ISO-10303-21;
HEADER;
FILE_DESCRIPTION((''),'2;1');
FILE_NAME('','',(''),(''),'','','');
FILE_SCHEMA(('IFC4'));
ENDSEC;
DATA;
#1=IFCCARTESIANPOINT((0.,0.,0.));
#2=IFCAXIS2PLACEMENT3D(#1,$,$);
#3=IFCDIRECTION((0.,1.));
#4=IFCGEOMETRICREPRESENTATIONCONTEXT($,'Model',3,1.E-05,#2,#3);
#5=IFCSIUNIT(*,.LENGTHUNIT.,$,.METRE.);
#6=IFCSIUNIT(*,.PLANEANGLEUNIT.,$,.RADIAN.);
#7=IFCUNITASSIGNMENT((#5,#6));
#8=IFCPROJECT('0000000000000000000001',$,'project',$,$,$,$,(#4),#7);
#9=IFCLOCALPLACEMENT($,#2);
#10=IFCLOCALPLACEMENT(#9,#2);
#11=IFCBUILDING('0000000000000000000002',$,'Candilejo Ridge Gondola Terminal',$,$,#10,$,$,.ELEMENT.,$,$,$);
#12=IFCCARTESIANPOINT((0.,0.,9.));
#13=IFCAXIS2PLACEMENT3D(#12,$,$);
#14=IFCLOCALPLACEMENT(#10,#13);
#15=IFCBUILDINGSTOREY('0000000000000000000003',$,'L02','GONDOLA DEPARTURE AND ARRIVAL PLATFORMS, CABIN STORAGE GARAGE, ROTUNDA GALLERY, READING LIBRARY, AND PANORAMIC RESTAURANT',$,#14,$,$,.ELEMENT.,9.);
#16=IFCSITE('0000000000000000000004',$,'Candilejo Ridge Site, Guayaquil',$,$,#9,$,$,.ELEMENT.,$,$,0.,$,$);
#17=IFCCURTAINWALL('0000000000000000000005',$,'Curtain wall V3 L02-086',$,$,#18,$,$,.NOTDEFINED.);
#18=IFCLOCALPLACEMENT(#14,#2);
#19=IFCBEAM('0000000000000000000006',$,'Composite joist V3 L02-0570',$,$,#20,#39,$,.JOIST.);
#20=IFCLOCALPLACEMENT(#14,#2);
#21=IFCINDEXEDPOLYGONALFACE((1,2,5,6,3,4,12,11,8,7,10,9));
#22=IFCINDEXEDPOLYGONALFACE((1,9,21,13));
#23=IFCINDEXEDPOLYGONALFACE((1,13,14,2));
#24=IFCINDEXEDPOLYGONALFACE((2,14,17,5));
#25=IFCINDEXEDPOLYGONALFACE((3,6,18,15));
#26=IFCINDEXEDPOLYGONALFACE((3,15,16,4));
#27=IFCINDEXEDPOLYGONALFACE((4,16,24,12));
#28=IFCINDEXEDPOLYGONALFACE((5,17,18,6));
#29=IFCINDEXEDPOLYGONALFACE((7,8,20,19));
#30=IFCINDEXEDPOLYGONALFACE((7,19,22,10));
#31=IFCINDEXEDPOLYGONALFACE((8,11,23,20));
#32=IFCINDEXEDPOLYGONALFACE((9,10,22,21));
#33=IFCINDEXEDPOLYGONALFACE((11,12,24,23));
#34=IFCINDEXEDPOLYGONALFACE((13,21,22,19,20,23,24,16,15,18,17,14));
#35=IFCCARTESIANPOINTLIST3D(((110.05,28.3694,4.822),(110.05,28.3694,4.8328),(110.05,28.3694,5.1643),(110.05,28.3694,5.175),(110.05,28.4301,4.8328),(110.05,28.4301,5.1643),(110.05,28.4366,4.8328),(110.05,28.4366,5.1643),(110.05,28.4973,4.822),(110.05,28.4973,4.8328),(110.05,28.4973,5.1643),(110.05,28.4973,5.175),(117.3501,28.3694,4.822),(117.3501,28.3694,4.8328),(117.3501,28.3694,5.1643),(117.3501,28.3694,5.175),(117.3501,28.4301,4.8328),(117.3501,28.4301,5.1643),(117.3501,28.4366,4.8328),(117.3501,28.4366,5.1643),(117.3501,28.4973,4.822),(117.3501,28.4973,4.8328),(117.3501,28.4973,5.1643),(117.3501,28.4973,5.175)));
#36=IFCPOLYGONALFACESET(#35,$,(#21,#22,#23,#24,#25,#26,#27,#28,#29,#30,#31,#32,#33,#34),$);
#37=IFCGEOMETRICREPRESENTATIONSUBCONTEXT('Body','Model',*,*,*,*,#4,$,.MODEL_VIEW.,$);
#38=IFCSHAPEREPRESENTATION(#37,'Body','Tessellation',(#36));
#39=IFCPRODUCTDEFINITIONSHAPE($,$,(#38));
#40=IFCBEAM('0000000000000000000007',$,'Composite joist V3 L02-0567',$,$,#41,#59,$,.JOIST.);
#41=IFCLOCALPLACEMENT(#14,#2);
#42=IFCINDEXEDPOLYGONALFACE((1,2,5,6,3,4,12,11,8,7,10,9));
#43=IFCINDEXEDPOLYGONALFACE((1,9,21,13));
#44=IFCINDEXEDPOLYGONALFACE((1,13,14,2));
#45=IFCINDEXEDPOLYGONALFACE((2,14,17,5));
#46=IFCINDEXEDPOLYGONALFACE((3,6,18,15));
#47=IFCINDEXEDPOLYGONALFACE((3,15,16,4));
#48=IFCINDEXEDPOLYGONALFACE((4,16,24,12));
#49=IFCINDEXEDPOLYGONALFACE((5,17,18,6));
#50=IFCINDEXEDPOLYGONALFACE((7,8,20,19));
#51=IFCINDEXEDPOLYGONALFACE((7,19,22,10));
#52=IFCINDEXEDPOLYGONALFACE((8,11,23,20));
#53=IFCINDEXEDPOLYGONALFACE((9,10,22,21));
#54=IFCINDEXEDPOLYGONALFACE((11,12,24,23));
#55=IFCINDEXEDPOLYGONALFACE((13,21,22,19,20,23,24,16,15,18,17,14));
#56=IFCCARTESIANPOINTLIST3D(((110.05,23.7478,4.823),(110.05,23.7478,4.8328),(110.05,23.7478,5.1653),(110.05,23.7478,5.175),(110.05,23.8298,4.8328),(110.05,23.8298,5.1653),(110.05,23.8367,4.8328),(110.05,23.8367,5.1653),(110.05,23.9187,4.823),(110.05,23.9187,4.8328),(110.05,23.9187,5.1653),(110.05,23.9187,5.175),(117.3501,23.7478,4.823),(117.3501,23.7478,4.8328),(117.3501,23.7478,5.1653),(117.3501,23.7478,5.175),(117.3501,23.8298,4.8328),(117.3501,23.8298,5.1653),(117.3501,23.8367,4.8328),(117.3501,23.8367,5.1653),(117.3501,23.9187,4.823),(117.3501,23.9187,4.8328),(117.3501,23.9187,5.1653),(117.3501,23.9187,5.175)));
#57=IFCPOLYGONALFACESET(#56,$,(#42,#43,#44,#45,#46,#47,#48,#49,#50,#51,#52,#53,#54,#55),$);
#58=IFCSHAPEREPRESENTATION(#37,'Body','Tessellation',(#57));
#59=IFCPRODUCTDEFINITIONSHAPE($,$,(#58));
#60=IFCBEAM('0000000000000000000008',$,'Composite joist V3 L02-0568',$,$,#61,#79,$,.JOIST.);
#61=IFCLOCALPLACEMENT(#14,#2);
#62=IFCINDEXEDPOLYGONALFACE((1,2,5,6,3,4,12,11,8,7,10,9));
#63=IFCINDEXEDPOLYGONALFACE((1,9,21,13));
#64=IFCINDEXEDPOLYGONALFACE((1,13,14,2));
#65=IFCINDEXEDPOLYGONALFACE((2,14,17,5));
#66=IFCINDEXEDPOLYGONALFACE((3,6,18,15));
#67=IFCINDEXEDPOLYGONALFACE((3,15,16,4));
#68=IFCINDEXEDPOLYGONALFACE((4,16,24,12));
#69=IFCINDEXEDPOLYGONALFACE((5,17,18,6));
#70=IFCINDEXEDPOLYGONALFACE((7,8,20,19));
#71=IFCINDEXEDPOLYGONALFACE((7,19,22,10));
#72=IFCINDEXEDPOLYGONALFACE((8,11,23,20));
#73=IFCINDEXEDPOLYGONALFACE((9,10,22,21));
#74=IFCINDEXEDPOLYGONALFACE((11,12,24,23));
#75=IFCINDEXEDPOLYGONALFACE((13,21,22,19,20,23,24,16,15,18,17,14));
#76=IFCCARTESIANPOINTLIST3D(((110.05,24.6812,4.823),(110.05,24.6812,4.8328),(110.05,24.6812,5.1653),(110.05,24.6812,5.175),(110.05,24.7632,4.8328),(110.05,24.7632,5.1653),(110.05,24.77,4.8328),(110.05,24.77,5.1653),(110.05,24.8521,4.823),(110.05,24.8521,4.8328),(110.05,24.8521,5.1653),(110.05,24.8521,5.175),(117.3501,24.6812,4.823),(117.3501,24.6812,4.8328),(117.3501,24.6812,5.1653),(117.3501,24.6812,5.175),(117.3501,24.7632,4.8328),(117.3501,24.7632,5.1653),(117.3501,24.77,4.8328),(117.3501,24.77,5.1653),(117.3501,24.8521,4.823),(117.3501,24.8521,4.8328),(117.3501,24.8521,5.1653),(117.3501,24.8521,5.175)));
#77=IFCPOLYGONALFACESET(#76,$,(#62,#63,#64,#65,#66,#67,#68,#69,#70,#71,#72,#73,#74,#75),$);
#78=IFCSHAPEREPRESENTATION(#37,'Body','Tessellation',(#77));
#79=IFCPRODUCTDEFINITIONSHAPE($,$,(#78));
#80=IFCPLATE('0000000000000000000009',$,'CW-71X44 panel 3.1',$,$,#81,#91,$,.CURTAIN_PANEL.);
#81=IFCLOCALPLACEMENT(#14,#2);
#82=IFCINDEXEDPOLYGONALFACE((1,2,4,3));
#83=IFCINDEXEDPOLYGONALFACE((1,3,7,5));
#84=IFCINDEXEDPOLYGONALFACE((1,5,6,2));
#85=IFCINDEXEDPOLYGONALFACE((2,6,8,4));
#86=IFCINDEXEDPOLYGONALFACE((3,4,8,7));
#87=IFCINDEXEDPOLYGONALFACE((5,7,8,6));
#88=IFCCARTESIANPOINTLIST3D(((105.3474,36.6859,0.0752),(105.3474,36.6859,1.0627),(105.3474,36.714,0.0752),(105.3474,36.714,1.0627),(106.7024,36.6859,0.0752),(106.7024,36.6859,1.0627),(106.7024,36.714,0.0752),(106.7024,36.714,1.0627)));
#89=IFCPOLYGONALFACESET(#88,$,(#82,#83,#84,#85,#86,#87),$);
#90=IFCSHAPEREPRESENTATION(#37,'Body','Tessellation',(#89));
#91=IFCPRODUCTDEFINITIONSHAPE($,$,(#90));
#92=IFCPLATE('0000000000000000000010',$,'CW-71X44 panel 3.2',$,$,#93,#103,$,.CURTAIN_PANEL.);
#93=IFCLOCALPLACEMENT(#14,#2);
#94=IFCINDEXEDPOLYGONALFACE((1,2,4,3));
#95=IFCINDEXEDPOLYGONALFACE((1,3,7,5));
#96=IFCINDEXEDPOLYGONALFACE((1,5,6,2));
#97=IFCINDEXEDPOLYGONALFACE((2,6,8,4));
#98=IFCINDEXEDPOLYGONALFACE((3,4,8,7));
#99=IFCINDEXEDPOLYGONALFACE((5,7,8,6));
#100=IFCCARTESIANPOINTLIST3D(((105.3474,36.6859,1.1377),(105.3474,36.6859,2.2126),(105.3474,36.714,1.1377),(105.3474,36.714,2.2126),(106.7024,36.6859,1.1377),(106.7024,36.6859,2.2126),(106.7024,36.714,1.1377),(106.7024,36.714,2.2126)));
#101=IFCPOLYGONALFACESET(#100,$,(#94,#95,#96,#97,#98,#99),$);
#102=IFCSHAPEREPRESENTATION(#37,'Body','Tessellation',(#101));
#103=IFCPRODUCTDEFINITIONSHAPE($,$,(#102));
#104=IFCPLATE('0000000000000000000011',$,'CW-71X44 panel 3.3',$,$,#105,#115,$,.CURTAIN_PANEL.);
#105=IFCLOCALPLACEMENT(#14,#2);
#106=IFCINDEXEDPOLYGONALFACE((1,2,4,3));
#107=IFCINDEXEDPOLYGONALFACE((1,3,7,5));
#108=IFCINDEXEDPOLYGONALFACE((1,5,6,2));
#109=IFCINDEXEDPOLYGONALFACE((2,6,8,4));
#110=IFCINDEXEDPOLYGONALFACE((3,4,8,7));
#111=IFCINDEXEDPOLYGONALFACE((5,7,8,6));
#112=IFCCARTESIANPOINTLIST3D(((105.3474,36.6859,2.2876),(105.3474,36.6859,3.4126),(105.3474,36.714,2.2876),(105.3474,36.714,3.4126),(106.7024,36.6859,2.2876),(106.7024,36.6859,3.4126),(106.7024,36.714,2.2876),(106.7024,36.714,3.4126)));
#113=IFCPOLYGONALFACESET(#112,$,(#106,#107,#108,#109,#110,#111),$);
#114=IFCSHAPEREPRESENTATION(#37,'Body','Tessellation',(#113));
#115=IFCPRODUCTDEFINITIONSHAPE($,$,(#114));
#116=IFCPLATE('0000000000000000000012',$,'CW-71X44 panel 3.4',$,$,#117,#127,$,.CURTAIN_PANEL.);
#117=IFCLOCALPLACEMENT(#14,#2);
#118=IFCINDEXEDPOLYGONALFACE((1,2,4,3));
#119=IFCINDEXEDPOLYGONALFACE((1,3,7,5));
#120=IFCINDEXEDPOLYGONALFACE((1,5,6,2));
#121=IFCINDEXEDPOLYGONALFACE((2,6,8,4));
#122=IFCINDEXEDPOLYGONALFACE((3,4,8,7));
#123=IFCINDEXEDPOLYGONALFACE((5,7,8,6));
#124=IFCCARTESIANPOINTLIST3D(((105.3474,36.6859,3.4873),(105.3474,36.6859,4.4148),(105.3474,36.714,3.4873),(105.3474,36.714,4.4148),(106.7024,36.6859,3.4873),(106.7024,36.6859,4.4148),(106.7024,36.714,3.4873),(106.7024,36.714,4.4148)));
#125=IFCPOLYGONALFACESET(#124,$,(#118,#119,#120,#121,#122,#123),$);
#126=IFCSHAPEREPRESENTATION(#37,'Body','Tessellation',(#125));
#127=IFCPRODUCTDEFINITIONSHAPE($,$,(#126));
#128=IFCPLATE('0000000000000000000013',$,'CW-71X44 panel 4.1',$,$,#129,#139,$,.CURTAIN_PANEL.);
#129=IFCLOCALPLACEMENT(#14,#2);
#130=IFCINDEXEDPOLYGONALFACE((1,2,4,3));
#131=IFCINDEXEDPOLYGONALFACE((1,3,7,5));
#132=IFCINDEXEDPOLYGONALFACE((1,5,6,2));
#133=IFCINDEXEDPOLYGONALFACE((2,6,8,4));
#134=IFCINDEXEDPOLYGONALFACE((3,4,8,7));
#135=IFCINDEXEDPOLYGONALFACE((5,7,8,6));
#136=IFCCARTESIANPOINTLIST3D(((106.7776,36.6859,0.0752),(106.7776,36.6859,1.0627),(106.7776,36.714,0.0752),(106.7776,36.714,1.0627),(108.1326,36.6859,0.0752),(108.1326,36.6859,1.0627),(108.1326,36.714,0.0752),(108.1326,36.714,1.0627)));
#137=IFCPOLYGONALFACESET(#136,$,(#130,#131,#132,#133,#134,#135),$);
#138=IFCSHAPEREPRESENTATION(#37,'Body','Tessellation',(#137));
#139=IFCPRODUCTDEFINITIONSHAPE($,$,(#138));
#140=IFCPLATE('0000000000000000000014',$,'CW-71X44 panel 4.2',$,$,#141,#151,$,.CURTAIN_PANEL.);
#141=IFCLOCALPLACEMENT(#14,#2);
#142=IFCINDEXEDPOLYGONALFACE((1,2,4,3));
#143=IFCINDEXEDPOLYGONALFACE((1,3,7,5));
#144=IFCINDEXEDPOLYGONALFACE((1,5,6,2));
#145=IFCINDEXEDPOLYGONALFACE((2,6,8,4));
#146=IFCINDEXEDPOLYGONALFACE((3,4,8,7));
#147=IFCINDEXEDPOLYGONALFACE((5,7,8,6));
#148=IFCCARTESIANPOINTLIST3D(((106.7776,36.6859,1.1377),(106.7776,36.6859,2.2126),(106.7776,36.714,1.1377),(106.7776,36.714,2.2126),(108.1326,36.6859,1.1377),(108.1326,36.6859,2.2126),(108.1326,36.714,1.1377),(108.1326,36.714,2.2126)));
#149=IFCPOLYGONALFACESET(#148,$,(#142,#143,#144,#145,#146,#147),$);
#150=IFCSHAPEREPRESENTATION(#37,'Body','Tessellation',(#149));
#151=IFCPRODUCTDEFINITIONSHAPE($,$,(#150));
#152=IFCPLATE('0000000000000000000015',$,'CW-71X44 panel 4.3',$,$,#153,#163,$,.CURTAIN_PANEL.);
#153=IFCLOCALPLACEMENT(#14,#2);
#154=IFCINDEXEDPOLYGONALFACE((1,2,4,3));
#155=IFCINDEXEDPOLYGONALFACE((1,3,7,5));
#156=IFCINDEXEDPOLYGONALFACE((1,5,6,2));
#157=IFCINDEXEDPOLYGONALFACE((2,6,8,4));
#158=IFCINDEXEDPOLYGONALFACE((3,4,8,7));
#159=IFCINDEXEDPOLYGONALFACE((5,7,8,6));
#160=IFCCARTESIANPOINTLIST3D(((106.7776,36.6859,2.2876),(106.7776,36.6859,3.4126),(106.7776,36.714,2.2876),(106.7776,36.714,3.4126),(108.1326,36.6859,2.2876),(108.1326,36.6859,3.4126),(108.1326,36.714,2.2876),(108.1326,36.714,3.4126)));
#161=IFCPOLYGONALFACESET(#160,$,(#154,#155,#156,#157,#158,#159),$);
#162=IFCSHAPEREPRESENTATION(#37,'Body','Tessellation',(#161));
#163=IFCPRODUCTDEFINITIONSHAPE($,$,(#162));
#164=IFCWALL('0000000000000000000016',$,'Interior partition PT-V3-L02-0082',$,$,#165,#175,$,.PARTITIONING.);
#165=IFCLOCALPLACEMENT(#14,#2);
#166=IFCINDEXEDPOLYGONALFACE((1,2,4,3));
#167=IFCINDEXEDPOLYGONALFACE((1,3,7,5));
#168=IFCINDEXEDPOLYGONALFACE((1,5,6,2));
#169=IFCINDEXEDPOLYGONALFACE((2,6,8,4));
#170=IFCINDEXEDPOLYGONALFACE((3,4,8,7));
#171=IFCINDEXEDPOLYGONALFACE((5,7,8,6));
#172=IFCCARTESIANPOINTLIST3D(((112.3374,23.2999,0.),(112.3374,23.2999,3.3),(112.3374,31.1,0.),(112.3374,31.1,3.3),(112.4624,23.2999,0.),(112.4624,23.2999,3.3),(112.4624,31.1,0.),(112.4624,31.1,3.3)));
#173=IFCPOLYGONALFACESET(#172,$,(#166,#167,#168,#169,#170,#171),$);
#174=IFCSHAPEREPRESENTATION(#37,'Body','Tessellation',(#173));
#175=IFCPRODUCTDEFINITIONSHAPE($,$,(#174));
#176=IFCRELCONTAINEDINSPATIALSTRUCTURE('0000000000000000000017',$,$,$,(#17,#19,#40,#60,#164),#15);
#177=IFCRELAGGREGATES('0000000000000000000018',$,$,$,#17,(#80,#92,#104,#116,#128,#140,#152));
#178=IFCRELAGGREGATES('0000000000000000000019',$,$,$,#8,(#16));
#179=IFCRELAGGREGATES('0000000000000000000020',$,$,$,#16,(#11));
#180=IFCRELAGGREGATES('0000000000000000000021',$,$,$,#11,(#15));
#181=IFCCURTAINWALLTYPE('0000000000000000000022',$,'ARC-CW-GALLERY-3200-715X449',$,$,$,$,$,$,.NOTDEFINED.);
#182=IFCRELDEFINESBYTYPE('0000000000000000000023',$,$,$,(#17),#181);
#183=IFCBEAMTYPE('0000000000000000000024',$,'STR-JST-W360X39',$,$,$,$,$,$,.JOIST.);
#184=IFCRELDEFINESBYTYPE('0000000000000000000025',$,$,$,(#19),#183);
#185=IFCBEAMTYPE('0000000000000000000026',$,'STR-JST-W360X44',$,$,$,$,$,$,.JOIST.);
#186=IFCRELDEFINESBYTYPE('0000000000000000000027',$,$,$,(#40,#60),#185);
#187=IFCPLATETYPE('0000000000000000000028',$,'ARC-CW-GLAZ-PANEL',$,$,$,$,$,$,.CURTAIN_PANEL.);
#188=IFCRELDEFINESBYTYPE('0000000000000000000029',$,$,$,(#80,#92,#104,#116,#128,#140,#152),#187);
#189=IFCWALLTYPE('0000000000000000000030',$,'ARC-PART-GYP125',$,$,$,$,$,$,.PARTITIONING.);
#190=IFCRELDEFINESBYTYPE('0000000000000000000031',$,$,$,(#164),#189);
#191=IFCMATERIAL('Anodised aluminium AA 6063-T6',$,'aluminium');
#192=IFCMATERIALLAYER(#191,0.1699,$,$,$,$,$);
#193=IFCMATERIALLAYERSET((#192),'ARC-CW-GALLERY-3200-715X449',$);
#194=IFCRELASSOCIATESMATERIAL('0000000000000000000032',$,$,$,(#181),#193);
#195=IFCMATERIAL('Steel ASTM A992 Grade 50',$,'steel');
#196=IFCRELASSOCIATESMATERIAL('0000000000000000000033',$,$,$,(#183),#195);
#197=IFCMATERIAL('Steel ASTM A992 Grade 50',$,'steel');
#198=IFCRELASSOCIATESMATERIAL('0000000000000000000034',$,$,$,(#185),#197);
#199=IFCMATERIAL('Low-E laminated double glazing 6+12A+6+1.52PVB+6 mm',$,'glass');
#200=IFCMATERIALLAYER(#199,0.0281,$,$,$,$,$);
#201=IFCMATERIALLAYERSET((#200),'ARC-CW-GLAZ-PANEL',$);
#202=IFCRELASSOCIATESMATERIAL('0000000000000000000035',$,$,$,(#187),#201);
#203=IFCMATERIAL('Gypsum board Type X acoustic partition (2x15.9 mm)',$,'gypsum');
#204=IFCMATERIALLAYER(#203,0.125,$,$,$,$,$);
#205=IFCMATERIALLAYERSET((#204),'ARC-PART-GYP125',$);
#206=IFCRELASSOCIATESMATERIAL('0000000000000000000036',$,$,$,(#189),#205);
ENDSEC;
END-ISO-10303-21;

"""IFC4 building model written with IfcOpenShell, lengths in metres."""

from ifc_helpers import new_model, si_unit, direction, frame, frame_2d, origin, origin_2d, place, context, subcontext, project, spatial, rectangle, i_section, extrude, material, layer, layer_set, material_profile, profile_set, type_object, element, aggregate, save


model = new_model("IFC4")

# Units and contexts
model_context = context("Model", 3, precision=1e-05, world=origin(), true_north=direction((0.0, 1.0)))
body_context = subcontext(model_context, "Body", "Model", "MODEL_VIEW")
ifc_project = project(units=[si_unit("LENGTHUNIT", "METRE"), si_unit("PLANEANGLEUNIT", "RADIAN")], contexts=[model_context])

# Site, building, storey
site_placement = place(None, origin())
site = spatial("IfcSite", under=ifc_project, at=site_placement, Name="Candilejo Ridge Site, Guayaquil", CompositionType="ELEMENT", RefElevation=0.0)
building_placement = place(site_placement, origin())
building = spatial("IfcBuilding", under=site, at=building_placement, Name="Candilejo Ridge Gondola Terminal", CompositionType="ELEMENT")
storey_placement = place(building_placement, frame((0.0, 0.0, 9.0)))
storey = spatial("IfcBuildingStorey", under=building, at=storey_placement, Name="L02", Description="GONDOLA DEPARTURE AND ARRIVAL PLATFORMS, CABIN STORAGE GARAGE, ROTUNDA GALLERY, READING LIBRARY, AND PANORAMIC RESTAURANT", CompositionType="ELEMENT", Elevation=9.0)

# Curtain wall
ifc_material_1 = material(Name="Anodised aluminium AA 6063-T6", Category="aluminium")
ifc_layer_1 = layer(ifc_material_1, 0.1699)
ifc_layer_set_1 = layer_set([ifc_layer_1], Name="ARC-CW-GALLERY-3200-715X449")
curtain_wall_type = type_object("IfcCurtainWallType", Name="ARC-CW-GALLERY-3200-715X449", PredefinedType="NOTDEFINED", material=ifc_layer_set_1)
curtain_wall_placement = place(storey_placement, origin())
curtain_wall = element("IfcCurtainWall", 1, at=curtain_wall_placement, inside=storey, type_object=curtain_wall_type, Name="Curtain wall V3 L02-086", PredefinedType="NOTDEFINED")

# Beams
ifc_material_2 = material(Name="Steel ASTM A992 Grade 50", Category="steel")
ifc_material_profile_1 = material_profile(ifc_material_2, i_section(OverallWidth=0.1279, OverallDepth=0.353, WebThickness=0.0066, FlangeThickness=0.0107, at=origin_2d()))
ifc_profile_set_1 = profile_set([ifc_material_profile_1], Name="Steel ASTM A992 Grade 50")
beam_type_1 = type_object("IfcBeamType", Name="STR-JST-W360X39", PredefinedType="JOIST", material=ifc_profile_set_1)
for number, where, z_axis, x_axis, name in (
    (2, (110.05, 28.4333, 4.9985), (1.0, 0.0, 0.0), (0.0, 1.0, 0.0), "Composite joist V3 L02-0570"),
):
    element("IfcBeam", number, at=place(storey_placement, frame(where, z_axis=z_axis, x_axis=x_axis)), inside=storey, type_object=beam_type_1, Name=name, PredefinedType="JOIST", context=body_context, shape_type="SweptSolid", body=[
        extrude(i_section(OverallWidth=0.1279, OverallDepth=0.353, WebThickness=0.0066, FlangeThickness=0.0107, at=origin_2d()), origin(), (0.0, 0.0, 1.0), 7.3),
    ])
ifc_material_3 = material(Name="Steel ASTM A992 Grade 50", Category="steel")
ifc_material_profile_2 = material_profile(ifc_material_3, i_section(OverallWidth=0.1709, OverallDepth=0.3521, WebThickness=0.0068, FlangeThickness=0.0098, at=origin_2d()))
ifc_profile_set_2 = profile_set([ifc_material_profile_2], Name="Steel ASTM A992 Grade 50")
beam_type_2 = type_object("IfcBeamType", Name="STR-JST-W360X44", PredefinedType="JOIST", material=ifc_profile_set_2)
for number, where, z_axis, x_axis, name in (
    (3, (110.05, 23.8333, 4.999), (1.0, 0.0, 0.0), (0.0, 1.0, 0.0), "Composite joist V3 L02-0567"),
    (4, (110.05, 24.7666, 4.999), (1.0, 0.0, 0.0), (0.0, 1.0, 0.0), "Composite joist V3 L02-0568"),
):
    element("IfcBeam", number, at=place(storey_placement, frame(where, z_axis=z_axis, x_axis=x_axis)), inside=storey, type_object=beam_type_2, Name=name, PredefinedType="JOIST", context=body_context, shape_type="SweptSolid", body=[
        extrude(i_section(OverallWidth=0.1709, OverallDepth=0.3521, WebThickness=0.0068, FlangeThickness=0.0098, at=origin_2d()), origin(), (0.0, 0.0, 1.0), 7.3),
    ])

# Plates
ifc_material_4 = material(Name="Low-E laminated double glazing 6+12A+6+1.52PVB+6 mm", Category="glass")
ifc_layer_2 = layer(ifc_material_4, 0.0281)
ifc_layer_set_2 = layer_set([ifc_layer_2], Name="ARC-CW-GLAZ-PANEL")
plate_type = type_object("IfcPlateType", Name="ARC-CW-GLAZ-PANEL", PredefinedType="CURTAIN_PANEL", material=ifc_layer_set_2)
plate_1_placement = place(storey_placement, frame((106.0249, 36.7, 0.0752), z_axis=(0.0, 0.0, 1.0), x_axis=(1.0, 0.0, 0.0)))
plate_1 = element("IfcPlate", 5, at=plate_1_placement, type_object=plate_type, Name="CW-71X44 panel 3.1", PredefinedType="CURTAIN_PANEL", context=body_context, shape_type="SweptSolid", body=[
    extrude(rectangle(XDim=1.355, YDim=0.0281, at=origin_2d()), origin(), (0.0, 0.0, 1.0), 0.9875),
])
plate_2_placement = place(storey_placement, frame((106.0249, 36.7, 1.1377), z_axis=(0.0, 0.0, 1.0), x_axis=(1.0, 0.0, 0.0)))
plate_2 = element("IfcPlate", 6, at=plate_2_placement, type_object=plate_type, Name="CW-71X44 panel 3.2", PredefinedType="CURTAIN_PANEL", context=body_context, shape_type="SweptSolid", body=[
    extrude(rectangle(XDim=1.355, YDim=0.0281, at=origin_2d()), origin(), (0.0, 0.0, 1.0), 1.075),
])
plate_3_placement = place(storey_placement, frame((106.0249, 36.7, 2.2876), z_axis=(0.0, 0.0, 1.0), x_axis=(1.0, 0.0, 0.0)))
plate_3 = element("IfcPlate", 7, at=plate_3_placement, type_object=plate_type, Name="CW-71X44 panel 3.3", PredefinedType="CURTAIN_PANEL", context=body_context, shape_type="SweptSolid", body=[
    extrude(rectangle(XDim=1.355, YDim=0.0281, at=origin_2d()), origin(), (0.0, 0.0, 1.0), 1.125),
])
plate_4_placement = place(storey_placement, frame((106.0249, 36.7, 3.4873), z_axis=(0.0, 0.0, 1.0), x_axis=(1.0, 0.0, 0.0)))
plate_4 = element("IfcPlate", 8, at=plate_4_placement, type_object=plate_type, Name="CW-71X44 panel 3.4", PredefinedType="CURTAIN_PANEL", context=body_context, shape_type="SweptSolid", body=[
    extrude(rectangle(XDim=1.355, YDim=0.0281, at=origin_2d()), origin(), (0.0, 0.0, 1.0), 0.9275),
])
plate_5_placement = place(storey_placement, frame((107.4551, 36.7, 0.0752), z_axis=(0.0, 0.0, 1.0), x_axis=(1.0, 0.0, 0.0)))
plate_5 = element("IfcPlate", 9, at=plate_5_placement, type_object=plate_type, Name="CW-71X44 panel 4.1", PredefinedType="CURTAIN_PANEL", context=body_context, shape_type="SweptSolid", body=[
    extrude(rectangle(XDim=1.355, YDim=0.0281, at=origin_2d()), origin(), (0.0, 0.0, 1.0), 0.9875),
])
plate_6_placement = place(storey_placement, frame((107.4551, 36.7, 1.1377), z_axis=(0.0, 0.0, 1.0), x_axis=(1.0, 0.0, 0.0)))
plate_6 = element("IfcPlate", 10, at=plate_6_placement, type_object=plate_type, Name="CW-71X44 panel 4.2", PredefinedType="CURTAIN_PANEL", context=body_context, shape_type="SweptSolid", body=[
    extrude(rectangle(XDim=1.355, YDim=0.0281, at=origin_2d()), origin(), (0.0, 0.0, 1.0), 1.075),
])
plate_7_placement = place(storey_placement, frame((107.4551, 36.7, 2.2876), z_axis=(0.0, 0.0, 1.0), x_axis=(1.0, 0.0, 0.0)))
plate_7 = element("IfcPlate", 11, at=plate_7_placement, type_object=plate_type, Name="CW-71X44 panel 4.3", PredefinedType="CURTAIN_PANEL", context=body_context, shape_type="SweptSolid", body=[
    extrude(rectangle(XDim=1.355, YDim=0.0281, at=origin_2d()), origin(), (0.0, 0.0, 1.0), 1.125),
])
aggregate(curtain_wall, [plate_1, plate_2, plate_3, plate_4, plate_5, plate_6, plate_7])

# Wall
ifc_material_5 = material(Name="Gypsum board Type X acoustic partition (2x15.9 mm)", Category="gypsum")
ifc_layer_3 = layer(ifc_material_5, 0.125)
ifc_layer_set_3 = layer_set([ifc_layer_3], Name="ARC-PART-GYP125")
wall_type_1 = type_object("IfcWallType", Name="ARC-PART-GYP125", PredefinedType="PARTITIONING", material=ifc_layer_set_3)
wall_1_placement = place(storey_placement, frame((112.3999, 23.3, 0.0), z_axis=(0.0, 0.0, 1.0), x_axis=(0.0, 1.0, 0.0)))
element("IfcWall", 12, at=wall_1_placement, inside=storey, type_object=wall_type_1, Name="Interior partition PT-V3-L02-0082", PredefinedType="PARTITIONING", context=body_context, shape_type="SweptSolid", body=[
    extrude(rectangle(XDim=7.8, YDim=0.125, at=frame_2d((3.8999, 0.0))), origin(), (0.0, 0.0, 1.0), 3.3),
])

save(model, "model.ifc")
